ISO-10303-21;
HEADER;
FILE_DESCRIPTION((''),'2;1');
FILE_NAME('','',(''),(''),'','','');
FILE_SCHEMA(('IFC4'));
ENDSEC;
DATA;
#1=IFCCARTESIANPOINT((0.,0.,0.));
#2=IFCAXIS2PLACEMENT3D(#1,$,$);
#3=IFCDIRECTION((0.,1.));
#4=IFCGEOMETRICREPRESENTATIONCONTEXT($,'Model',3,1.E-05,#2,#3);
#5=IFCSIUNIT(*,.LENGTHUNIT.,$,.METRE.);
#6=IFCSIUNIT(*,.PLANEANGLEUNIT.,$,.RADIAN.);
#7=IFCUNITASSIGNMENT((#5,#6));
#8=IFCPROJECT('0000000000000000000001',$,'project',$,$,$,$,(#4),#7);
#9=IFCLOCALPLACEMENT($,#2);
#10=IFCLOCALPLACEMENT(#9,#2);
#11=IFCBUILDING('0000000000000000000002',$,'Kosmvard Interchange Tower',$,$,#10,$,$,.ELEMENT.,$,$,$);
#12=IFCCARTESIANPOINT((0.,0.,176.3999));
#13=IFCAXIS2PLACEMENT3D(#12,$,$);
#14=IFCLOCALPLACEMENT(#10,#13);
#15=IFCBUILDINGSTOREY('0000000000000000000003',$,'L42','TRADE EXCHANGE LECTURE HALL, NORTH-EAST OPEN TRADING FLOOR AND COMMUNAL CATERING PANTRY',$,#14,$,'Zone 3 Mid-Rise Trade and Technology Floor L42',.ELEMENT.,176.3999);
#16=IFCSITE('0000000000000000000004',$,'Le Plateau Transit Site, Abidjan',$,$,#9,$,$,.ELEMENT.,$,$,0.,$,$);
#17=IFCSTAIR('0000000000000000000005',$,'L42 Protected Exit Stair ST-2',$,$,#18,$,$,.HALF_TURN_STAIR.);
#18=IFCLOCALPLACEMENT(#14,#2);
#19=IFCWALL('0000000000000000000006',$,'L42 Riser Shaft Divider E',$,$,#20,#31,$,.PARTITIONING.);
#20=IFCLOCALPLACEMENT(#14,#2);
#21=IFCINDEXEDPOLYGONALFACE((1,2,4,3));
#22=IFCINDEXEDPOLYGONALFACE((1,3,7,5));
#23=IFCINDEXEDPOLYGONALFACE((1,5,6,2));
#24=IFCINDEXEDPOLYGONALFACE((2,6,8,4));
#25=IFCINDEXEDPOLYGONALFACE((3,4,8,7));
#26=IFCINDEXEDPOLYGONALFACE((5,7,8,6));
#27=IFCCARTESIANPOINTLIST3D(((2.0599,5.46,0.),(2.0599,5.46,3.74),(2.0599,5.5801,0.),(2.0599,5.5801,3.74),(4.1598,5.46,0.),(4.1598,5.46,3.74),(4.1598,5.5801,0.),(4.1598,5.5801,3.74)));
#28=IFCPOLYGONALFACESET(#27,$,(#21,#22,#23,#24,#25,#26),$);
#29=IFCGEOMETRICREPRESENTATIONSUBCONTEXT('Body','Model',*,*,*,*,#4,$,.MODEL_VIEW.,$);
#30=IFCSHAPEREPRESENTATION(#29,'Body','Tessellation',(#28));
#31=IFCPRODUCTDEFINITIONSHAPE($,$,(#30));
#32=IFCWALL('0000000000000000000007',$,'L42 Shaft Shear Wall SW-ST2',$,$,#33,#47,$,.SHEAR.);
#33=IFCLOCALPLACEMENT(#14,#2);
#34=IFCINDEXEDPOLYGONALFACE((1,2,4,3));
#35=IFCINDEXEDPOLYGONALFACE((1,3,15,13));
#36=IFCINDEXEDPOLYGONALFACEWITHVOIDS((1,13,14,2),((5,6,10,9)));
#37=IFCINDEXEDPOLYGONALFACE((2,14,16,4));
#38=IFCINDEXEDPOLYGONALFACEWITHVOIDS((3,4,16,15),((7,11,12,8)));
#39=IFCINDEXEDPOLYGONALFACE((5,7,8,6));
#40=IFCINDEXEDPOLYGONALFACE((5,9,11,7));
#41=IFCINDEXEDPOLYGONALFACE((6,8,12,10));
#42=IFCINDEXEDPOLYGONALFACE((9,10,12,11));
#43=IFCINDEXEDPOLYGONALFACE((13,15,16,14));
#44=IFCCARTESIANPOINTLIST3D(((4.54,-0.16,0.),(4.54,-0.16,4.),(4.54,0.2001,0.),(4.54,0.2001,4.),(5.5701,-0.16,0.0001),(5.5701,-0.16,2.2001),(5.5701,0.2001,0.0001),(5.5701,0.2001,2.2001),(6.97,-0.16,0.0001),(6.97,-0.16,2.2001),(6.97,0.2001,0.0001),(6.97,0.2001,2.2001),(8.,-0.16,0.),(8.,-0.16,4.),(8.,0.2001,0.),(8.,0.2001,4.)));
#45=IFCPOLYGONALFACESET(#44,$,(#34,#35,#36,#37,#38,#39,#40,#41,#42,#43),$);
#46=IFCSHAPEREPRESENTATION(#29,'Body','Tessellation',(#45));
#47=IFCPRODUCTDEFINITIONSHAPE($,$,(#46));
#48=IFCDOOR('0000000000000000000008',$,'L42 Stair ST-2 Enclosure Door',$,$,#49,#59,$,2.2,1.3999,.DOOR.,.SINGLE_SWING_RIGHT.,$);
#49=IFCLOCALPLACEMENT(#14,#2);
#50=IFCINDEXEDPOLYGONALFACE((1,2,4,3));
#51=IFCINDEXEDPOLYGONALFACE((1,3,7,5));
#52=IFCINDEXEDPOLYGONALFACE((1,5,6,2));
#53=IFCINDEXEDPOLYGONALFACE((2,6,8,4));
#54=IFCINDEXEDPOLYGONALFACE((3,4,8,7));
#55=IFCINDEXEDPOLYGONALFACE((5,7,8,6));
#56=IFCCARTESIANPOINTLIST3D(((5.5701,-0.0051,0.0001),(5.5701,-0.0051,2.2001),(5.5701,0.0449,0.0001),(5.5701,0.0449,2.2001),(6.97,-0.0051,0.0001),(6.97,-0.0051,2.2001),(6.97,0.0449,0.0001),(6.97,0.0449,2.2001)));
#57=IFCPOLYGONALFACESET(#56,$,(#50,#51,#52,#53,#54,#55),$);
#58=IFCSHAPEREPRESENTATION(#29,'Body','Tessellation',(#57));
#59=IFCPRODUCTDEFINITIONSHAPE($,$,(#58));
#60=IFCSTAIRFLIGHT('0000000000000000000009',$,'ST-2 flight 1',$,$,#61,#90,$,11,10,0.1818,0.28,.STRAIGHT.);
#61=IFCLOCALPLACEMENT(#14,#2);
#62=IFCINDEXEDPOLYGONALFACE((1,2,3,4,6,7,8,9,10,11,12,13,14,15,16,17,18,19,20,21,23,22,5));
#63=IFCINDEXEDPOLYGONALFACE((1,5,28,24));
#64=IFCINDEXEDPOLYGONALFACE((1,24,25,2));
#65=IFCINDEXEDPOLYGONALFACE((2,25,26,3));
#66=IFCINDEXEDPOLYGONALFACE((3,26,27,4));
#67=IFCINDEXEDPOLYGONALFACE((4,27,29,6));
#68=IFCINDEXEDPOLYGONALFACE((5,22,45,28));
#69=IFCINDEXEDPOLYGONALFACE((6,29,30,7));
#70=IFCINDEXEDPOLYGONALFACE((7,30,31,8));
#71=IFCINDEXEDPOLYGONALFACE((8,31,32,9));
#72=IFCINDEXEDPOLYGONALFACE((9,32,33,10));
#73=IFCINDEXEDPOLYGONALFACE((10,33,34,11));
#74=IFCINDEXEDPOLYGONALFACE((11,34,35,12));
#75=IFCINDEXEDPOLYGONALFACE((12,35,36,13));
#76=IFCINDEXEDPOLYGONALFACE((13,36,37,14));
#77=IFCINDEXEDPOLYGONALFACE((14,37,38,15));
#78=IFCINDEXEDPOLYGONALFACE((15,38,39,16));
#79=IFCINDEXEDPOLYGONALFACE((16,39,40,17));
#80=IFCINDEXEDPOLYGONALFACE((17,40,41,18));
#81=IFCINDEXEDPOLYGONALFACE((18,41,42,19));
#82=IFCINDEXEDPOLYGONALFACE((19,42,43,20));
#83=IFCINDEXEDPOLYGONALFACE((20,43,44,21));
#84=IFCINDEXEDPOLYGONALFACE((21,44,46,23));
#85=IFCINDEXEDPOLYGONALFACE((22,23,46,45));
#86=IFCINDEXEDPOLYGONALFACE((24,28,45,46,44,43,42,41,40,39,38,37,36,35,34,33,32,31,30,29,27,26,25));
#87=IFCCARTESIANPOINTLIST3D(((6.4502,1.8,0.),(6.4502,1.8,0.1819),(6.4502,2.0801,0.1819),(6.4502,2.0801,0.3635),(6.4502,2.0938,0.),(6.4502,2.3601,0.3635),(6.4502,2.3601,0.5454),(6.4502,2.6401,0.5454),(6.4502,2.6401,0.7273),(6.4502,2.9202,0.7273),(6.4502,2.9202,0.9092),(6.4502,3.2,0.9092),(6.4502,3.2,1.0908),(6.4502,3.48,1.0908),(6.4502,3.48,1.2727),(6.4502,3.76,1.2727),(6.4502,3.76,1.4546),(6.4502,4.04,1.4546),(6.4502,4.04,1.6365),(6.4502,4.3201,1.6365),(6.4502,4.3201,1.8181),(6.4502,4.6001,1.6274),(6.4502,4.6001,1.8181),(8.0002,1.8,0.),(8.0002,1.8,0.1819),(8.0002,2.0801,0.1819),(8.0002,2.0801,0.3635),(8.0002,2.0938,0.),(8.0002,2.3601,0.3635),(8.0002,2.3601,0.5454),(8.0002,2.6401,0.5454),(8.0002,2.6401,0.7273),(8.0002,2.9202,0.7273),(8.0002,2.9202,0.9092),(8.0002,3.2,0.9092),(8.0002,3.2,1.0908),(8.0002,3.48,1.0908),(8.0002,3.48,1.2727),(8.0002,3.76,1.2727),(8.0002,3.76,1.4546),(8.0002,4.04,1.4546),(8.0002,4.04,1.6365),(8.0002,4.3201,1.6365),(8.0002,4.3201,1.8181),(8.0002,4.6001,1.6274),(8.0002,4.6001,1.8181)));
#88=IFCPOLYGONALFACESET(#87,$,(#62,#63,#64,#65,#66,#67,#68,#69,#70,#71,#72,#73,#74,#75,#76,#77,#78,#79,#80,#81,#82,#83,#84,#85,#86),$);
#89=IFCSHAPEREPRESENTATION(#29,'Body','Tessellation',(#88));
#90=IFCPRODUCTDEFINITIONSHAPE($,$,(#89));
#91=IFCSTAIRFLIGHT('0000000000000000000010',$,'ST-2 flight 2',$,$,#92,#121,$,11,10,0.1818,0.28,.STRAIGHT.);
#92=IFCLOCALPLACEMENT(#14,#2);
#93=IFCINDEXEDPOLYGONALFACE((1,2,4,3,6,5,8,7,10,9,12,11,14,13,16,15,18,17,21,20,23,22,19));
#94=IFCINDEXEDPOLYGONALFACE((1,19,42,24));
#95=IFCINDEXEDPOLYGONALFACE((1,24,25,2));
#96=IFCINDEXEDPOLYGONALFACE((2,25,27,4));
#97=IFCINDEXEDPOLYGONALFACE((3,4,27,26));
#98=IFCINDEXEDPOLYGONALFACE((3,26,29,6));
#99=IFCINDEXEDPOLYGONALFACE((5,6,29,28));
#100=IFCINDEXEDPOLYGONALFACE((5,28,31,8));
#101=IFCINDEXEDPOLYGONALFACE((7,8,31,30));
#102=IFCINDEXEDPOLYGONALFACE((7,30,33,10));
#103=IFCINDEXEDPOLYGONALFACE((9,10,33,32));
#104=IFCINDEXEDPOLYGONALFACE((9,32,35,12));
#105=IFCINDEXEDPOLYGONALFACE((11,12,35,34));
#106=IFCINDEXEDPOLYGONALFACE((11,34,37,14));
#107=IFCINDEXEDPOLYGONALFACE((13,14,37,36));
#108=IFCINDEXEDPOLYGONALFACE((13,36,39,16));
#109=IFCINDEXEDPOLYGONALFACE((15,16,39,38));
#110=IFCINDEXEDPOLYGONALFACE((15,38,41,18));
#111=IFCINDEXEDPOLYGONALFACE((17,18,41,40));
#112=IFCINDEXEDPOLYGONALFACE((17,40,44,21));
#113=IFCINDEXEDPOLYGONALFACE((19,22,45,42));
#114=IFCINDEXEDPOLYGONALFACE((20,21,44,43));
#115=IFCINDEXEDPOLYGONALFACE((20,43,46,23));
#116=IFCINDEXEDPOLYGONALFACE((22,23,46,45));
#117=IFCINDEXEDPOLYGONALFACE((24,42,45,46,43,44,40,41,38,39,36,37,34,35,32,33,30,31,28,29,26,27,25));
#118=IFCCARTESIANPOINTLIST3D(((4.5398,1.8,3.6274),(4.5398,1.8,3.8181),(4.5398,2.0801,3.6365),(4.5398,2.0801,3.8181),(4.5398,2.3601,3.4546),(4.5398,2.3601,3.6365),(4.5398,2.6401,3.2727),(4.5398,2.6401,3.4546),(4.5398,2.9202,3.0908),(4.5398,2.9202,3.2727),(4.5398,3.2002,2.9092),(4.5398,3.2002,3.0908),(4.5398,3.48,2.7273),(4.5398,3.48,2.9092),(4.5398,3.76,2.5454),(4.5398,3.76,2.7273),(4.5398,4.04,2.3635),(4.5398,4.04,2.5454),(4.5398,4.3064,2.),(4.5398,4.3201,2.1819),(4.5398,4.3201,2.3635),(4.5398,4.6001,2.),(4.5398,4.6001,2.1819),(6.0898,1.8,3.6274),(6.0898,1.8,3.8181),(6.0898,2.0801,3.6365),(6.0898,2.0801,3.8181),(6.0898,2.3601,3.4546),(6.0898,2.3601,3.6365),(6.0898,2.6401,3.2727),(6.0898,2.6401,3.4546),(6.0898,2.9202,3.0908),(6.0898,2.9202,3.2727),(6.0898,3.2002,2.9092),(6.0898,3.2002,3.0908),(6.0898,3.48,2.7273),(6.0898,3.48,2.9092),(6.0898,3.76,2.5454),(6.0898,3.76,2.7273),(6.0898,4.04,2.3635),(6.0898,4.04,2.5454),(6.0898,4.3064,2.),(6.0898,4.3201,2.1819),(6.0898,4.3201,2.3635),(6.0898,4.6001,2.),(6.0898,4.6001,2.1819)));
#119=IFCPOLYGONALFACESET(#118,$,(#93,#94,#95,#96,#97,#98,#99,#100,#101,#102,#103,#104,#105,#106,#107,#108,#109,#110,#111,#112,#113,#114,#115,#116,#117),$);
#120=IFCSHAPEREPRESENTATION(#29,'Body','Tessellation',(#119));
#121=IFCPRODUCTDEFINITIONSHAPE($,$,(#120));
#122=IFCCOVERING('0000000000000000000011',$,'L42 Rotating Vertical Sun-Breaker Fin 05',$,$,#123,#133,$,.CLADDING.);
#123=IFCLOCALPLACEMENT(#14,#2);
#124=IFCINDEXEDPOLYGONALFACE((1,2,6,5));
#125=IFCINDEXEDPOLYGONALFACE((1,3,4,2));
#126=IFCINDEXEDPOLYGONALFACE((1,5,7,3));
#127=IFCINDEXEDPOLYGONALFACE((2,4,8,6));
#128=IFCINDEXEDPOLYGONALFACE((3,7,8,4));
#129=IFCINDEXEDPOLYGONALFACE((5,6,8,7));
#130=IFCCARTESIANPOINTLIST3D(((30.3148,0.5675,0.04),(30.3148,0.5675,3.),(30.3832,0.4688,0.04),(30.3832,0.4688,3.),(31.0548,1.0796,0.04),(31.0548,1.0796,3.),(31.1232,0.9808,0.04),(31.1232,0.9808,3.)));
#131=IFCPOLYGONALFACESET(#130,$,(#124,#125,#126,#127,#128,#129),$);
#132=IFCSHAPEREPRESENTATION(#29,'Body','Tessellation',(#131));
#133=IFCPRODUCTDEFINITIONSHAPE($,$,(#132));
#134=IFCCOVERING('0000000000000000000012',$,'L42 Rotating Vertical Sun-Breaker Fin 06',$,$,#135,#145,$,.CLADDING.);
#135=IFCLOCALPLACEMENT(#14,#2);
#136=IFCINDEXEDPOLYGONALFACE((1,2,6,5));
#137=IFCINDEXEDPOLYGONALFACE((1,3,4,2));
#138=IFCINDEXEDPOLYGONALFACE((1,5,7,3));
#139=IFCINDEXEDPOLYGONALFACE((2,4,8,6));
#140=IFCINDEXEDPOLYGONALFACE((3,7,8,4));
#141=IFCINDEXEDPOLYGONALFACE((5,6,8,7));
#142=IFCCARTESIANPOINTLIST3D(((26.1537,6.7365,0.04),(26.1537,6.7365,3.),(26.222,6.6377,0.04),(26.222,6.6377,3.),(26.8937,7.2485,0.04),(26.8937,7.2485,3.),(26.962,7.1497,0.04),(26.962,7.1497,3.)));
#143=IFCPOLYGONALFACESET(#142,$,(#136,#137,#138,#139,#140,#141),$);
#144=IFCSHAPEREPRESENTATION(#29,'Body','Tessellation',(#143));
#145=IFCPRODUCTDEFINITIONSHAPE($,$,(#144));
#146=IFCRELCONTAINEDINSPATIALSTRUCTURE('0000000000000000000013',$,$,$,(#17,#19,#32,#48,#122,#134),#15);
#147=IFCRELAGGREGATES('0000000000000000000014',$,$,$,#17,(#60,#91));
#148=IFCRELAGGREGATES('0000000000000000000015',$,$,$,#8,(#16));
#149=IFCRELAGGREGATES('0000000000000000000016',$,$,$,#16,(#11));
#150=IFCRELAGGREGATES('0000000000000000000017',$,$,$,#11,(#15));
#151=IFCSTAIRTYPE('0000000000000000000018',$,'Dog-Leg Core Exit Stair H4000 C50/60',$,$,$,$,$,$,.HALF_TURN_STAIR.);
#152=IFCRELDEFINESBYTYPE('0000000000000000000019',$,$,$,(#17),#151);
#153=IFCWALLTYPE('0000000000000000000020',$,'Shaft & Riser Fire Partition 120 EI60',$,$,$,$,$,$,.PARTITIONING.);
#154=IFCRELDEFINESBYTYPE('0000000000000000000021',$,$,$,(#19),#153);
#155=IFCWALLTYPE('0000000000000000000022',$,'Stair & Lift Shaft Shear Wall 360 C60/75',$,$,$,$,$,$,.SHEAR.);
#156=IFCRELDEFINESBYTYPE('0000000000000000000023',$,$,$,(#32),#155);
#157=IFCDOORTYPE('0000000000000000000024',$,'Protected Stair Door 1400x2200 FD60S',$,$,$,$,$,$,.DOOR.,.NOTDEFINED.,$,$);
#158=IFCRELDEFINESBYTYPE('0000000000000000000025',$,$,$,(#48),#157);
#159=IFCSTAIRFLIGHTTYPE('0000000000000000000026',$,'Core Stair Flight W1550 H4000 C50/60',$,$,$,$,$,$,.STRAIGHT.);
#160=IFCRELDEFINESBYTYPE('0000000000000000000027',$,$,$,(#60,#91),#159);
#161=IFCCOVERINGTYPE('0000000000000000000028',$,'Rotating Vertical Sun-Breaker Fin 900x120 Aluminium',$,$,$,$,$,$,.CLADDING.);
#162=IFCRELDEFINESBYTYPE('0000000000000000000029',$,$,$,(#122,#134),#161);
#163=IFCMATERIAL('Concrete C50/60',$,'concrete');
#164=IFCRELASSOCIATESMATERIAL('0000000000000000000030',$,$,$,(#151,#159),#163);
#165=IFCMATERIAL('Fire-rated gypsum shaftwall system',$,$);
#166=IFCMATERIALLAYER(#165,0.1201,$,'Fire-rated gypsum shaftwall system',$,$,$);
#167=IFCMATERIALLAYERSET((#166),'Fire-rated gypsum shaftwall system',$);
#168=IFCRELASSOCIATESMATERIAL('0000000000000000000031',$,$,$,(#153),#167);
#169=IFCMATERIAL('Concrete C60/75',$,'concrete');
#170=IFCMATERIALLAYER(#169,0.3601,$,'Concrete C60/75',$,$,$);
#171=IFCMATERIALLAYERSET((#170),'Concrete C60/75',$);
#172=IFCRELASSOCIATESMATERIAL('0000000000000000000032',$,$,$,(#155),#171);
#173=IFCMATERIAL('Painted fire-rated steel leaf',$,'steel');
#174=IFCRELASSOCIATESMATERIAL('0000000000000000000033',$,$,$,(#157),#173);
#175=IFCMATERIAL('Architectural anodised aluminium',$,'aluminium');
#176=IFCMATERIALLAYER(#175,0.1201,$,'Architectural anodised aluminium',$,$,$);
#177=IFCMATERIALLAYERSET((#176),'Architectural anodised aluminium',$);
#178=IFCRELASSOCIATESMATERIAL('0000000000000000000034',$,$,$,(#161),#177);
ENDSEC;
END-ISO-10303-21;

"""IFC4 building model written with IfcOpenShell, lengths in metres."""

from ifc_helpers import new_model, si_unit, direction, frame, frame_2d, origin, origin_2d, place, context, subcontext, project, spatial, polyline, rectangle, outline, extrude, source, transform, mapped, material, layer, layer_set, type_object, element, fill, aggregate, save


model = new_model("IFC4")

# Units and contexts
model_context = context("Model", 3, precision=1e-05, world=origin(), true_north=direction((0.0, 1.0)))
body_context = subcontext(model_context, "Body", "Model", "MODEL_VIEW")
ifc_project = project(units=[si_unit("LENGTHUNIT", "METRE"), si_unit("PLANEANGLEUNIT", "RADIAN")], contexts=[model_context])

# Site, building, storey
site_placement = place(None, origin())
site = spatial("IfcSite", under=ifc_project, at=site_placement, Name="Le Plateau Transit Site, Abidjan", CompositionType="ELEMENT", RefElevation=0.0)
building_placement = place(site_placement, origin())
building = spatial("IfcBuilding", under=site, at=building_placement, Name="Kosmvard Interchange Tower", CompositionType="ELEMENT")
storey_placement = place(building_placement, frame((0.0, 0.0, 176.3999)))
storey = spatial("IfcBuildingStorey", under=building, at=storey_placement, Name="L42", Description="TRADE EXCHANGE LECTURE HALL, NORTH-EAST OPEN TRADING FLOOR AND COMMUNAL CATERING PANTRY", LongName="Zone 3 Mid-Rise Trade and Technology Floor L42", CompositionType="ELEMENT", Elevation=176.3999)

# Shared definitions
ifc_material_1 = material(Name="Concrete C60/75", Category="concrete")

# Stair
ifc_material_2 = material(Name="Concrete C50/60", Category="concrete")
stair_type = type_object("IfcStairType", Name="Dog-Leg Core Exit Stair H4000 C50/60", PredefinedType="HALF_TURN_STAIR", material=ifc_material_2)
stair_1_placement = place(storey_placement, origin())
stair_1 = element("IfcStair", 1, at=stair_1_placement, inside=storey, type_object=stair_type, Name="L42 Protected Exit Stair ST-2", PredefinedType="HALF_TURN_STAIR")

# Wall
ifc_material_3 = material(Name="Fire-rated gypsum shaftwall system")
ifc_layer_1 = layer(ifc_material_3, 0.1201, Name="Fire-rated gypsum shaftwall system")
ifc_layer_set_1 = layer_set([ifc_layer_1], Name="Fire-rated gypsum shaftwall system")
wall_type_1 = type_object("IfcWallType", Name="Shaft & Riser Fire Partition 120 EI60", PredefinedType="PARTITIONING", material=ifc_layer_set_1)
wall_1_placement = place(storey_placement, frame((2.0601, 5.52, 0.0), z_axis=(0.0, 0.0, 1.0), x_axis=(1.0, 0.0, 0.0)))
element("IfcWall", 2, at=wall_1_placement, inside=storey, type_object=wall_type_1, Name="L42 Riser Shaft Divider E", PredefinedType="PARTITIONING", context=body_context, shape_type="SweptSolid", body=[
    extrude(rectangle(XDim=2.0999, YDim=0.1201, at=frame_2d((1.0498, 0.0))), origin(), (0.0, 0.0, 1.0), 3.74),
])

# Wall, opening, door
ifc_layer_2 = layer(ifc_material_1, 0.3601, Name="Concrete C60/75")
ifc_layer_set_2 = layer_set([ifc_layer_2], Name="Concrete C60/75")
wall_type_2 = type_object("IfcWallType", Name="Stair & Lift Shaft Shear Wall 360 C60/75", PredefinedType="SHEAR", material=ifc_layer_set_2)
wall_2_placement = place(storey_placement, frame((4.54, 0.02, 0.0), z_axis=(0.0, 0.0, 1.0), x_axis=(1.0, 0.0, 0.0)))
wall_2 = element("IfcWall", 3, at=wall_2_placement, inside=storey, type_object=wall_type_2, Name="L42 Shaft Shear Wall SW-ST2", PredefinedType="SHEAR", context=body_context, shape_type="SweptSolid", body=[
    extrude(rectangle(XDim=3.46, YDim=0.3601, at=frame_2d((1.73, 0.0))), origin(), (0.0, 0.0, 1.0), 4.0),
])
opening_1_placement = place(wall_2_placement, frame((1.03, 0.0, 0.0)))
opening_1 = element("IfcOpeningElement", 4, at=opening_1_placement, cuts=wall_2, PredefinedType="OPENING", context=body_context, shape_type="SweptSolid", body=[
    extrude(rectangle(XDim=1.3999, YDim=2.2, at=frame_2d((0.7, 1.1001))), frame((0.0, 0.1899, 0.0), z_axis=(0.0, -1.0, 0.0), x_axis=(1.0, 0.0, 0.0)), (0.0, 0.0, 1.0), 0.3801),
])
ifc_material_4 = material(Name="Painted fire-rated steel leaf", Category="steel")
door_type_1 = type_object("IfcDoorType", Name="Protected Stair Door 1400x2200 FD60S", OperationType="NOTDEFINED", PredefinedType="DOOR", material=ifc_material_4)
shared_shape_1 = source(origin(), body_context, "Body", "SweptSolid", [
    extrude(rectangle(XDim=1.3999, YDim=2.2, at=frame_2d((0.7, 1.1001))), frame((0.0, 0.0249, 0.0), z_axis=(0.0, -1.0, 0.0), x_axis=(1.0, 0.0, 0.0)), (0.0, 0.0, 1.0), 0.05),
])
door_1_placement = place(opening_1_placement, origin())
door_1 = element("IfcDoor", 5, at=door_1_placement, inside=storey, type_object=door_type_1, Name="L42 Stair ST-2 Enclosure Door", OperationType="SINGLE_SWING_RIGHT", OverallHeight=2.2, OverallWidth=1.3999, PredefinedType="DOOR", context=body_context, shape_type="MappedRepresentation", body=[
    mapped(shared_shape_1, transform((0.0, 0.0, 0.0), scale=1.0)),
])
fill(opening_1, door_1)

# Stair flights
stair_flight_type = type_object("IfcStairFlightType", Name="Core Stair Flight W1550 H4000 C50/60", PredefinedType="STRAIGHT", material=ifc_material_2)
shared_shape_2 = source(origin(), body_context, "Body", "SweptSolid", [
    extrude(outline(polyline([(0.0, 0.0), (0.0, 0.1819), (0.28, 0.1819), (0.28, 0.3635), (0.5601, 0.3635), (0.5601, 0.5454), (0.8401, 0.5454), (0.8401, 0.7273), (1.1201, 0.7273), (1.1201, 0.9092), (1.3999, 0.9092), (1.3999, 1.0908), (1.6799, 1.0908), (1.6799, 1.2727), (1.96, 1.2727), (1.96, 1.4546), (2.24, 1.4546), (2.24, 1.6365), (2.52, 1.6365), (2.52, 1.8181), (2.8, 1.8181), (2.8, 2.0), (2.8, 1.6274), (0.2937, 0.0), (0.0, 0.0)])), frame((0.0, 0.7749, 0.0), z_axis=(0.0, -1.0, 0.0), x_axis=(1.0, 0.0, 0.0)), (0.0, 0.0, 1.0), 1.55),
])
stair_flight_1_placement = place(storey_placement, frame((7.2251, 1.8, 0.0), z_axis=(0.0, 0.0, 1.0), x_axis=(0.0, 1.0, 0.0)))
stair_flight_1 = element("IfcStairFlight", 6, at=stair_flight_1_placement, type_object=stair_flight_type, Name="ST-2 flight 1", NumberOfRisers=11, NumberOfTreads=10, PredefinedType="STRAIGHT", RiserHeight=0.1818, TreadLength=0.28, context=body_context, shape_type="MappedRepresentation", body=[
    mapped(shared_shape_2, transform((0.0, 0.0, 0.0), scale=1.0)),
])
stair_flight_2_placement = place(storey_placement, frame((5.3149, 4.6001, 2.0), z_axis=(0.0, 0.0, 1.0), x_axis=(0.0, -1.0, 0.0)))
stair_flight_2 = element("IfcStairFlight", 7, at=stair_flight_2_placement, type_object=stair_flight_type, Name="ST-2 flight 2", NumberOfRisers=11, NumberOfTreads=10, PredefinedType="STRAIGHT", RiserHeight=0.1818, TreadLength=0.28, context=body_context, shape_type="MappedRepresentation", body=[
    mapped(shared_shape_2, transform((0.0, 0.0, 0.0), scale=1.0)),
])
aggregate(stair_1, [stair_flight_1, stair_flight_2])

# Coverings
ifc_material_5 = material(Name="Architectural anodised aluminium", Category="aluminium")
ifc_layer_3 = layer(ifc_material_5, 0.1201, Name="Architectural anodised aluminium")
ifc_layer_set_3 = layer_set([ifc_layer_3], Name="Architectural anodised aluminium")
covering_type = type_object("IfcCoveringType", Name="Rotating Vertical Sun-Breaker Fin 900x120 Aluminium", PredefinedType="CLADDING", material=ifc_layer_set_3)
shared_shape_3 = source(origin(), body_context, "Body", "SweptSolid", [
    extrude(rectangle(XDim=0.8999, YDim=0.1201, at=origin_2d()), origin(), (0.0, 0.0, 1.0), 2.96),
])
for number, where, z_axis, x_axis, name in (
    (8, (30.719, 0.7742, 0.04), (0.0, 0.0, 1.0), (0.822343, 0.568993, 0.0), "L42 Rotating Vertical Sun-Breaker Fin 05"),
    (9, (26.5579, 6.9431, 0.04), (0.0, 0.0, 1.0), (0.822343, 0.568993, 0.0), "L42 Rotating Vertical Sun-Breaker Fin 06"),
):
    element("IfcCovering", number, at=place(storey_placement, frame(where, z_axis=z_axis, x_axis=x_axis)), inside=storey, type_object=covering_type, Name=name, PredefinedType="CLADDING", context=body_context, shape_type="MappedRepresentation", body=[
        mapped(shared_shape_3, transform((0.0, 0.0, 0.0), scale=1.0)),
    ])

save(model, "model.ifc")
